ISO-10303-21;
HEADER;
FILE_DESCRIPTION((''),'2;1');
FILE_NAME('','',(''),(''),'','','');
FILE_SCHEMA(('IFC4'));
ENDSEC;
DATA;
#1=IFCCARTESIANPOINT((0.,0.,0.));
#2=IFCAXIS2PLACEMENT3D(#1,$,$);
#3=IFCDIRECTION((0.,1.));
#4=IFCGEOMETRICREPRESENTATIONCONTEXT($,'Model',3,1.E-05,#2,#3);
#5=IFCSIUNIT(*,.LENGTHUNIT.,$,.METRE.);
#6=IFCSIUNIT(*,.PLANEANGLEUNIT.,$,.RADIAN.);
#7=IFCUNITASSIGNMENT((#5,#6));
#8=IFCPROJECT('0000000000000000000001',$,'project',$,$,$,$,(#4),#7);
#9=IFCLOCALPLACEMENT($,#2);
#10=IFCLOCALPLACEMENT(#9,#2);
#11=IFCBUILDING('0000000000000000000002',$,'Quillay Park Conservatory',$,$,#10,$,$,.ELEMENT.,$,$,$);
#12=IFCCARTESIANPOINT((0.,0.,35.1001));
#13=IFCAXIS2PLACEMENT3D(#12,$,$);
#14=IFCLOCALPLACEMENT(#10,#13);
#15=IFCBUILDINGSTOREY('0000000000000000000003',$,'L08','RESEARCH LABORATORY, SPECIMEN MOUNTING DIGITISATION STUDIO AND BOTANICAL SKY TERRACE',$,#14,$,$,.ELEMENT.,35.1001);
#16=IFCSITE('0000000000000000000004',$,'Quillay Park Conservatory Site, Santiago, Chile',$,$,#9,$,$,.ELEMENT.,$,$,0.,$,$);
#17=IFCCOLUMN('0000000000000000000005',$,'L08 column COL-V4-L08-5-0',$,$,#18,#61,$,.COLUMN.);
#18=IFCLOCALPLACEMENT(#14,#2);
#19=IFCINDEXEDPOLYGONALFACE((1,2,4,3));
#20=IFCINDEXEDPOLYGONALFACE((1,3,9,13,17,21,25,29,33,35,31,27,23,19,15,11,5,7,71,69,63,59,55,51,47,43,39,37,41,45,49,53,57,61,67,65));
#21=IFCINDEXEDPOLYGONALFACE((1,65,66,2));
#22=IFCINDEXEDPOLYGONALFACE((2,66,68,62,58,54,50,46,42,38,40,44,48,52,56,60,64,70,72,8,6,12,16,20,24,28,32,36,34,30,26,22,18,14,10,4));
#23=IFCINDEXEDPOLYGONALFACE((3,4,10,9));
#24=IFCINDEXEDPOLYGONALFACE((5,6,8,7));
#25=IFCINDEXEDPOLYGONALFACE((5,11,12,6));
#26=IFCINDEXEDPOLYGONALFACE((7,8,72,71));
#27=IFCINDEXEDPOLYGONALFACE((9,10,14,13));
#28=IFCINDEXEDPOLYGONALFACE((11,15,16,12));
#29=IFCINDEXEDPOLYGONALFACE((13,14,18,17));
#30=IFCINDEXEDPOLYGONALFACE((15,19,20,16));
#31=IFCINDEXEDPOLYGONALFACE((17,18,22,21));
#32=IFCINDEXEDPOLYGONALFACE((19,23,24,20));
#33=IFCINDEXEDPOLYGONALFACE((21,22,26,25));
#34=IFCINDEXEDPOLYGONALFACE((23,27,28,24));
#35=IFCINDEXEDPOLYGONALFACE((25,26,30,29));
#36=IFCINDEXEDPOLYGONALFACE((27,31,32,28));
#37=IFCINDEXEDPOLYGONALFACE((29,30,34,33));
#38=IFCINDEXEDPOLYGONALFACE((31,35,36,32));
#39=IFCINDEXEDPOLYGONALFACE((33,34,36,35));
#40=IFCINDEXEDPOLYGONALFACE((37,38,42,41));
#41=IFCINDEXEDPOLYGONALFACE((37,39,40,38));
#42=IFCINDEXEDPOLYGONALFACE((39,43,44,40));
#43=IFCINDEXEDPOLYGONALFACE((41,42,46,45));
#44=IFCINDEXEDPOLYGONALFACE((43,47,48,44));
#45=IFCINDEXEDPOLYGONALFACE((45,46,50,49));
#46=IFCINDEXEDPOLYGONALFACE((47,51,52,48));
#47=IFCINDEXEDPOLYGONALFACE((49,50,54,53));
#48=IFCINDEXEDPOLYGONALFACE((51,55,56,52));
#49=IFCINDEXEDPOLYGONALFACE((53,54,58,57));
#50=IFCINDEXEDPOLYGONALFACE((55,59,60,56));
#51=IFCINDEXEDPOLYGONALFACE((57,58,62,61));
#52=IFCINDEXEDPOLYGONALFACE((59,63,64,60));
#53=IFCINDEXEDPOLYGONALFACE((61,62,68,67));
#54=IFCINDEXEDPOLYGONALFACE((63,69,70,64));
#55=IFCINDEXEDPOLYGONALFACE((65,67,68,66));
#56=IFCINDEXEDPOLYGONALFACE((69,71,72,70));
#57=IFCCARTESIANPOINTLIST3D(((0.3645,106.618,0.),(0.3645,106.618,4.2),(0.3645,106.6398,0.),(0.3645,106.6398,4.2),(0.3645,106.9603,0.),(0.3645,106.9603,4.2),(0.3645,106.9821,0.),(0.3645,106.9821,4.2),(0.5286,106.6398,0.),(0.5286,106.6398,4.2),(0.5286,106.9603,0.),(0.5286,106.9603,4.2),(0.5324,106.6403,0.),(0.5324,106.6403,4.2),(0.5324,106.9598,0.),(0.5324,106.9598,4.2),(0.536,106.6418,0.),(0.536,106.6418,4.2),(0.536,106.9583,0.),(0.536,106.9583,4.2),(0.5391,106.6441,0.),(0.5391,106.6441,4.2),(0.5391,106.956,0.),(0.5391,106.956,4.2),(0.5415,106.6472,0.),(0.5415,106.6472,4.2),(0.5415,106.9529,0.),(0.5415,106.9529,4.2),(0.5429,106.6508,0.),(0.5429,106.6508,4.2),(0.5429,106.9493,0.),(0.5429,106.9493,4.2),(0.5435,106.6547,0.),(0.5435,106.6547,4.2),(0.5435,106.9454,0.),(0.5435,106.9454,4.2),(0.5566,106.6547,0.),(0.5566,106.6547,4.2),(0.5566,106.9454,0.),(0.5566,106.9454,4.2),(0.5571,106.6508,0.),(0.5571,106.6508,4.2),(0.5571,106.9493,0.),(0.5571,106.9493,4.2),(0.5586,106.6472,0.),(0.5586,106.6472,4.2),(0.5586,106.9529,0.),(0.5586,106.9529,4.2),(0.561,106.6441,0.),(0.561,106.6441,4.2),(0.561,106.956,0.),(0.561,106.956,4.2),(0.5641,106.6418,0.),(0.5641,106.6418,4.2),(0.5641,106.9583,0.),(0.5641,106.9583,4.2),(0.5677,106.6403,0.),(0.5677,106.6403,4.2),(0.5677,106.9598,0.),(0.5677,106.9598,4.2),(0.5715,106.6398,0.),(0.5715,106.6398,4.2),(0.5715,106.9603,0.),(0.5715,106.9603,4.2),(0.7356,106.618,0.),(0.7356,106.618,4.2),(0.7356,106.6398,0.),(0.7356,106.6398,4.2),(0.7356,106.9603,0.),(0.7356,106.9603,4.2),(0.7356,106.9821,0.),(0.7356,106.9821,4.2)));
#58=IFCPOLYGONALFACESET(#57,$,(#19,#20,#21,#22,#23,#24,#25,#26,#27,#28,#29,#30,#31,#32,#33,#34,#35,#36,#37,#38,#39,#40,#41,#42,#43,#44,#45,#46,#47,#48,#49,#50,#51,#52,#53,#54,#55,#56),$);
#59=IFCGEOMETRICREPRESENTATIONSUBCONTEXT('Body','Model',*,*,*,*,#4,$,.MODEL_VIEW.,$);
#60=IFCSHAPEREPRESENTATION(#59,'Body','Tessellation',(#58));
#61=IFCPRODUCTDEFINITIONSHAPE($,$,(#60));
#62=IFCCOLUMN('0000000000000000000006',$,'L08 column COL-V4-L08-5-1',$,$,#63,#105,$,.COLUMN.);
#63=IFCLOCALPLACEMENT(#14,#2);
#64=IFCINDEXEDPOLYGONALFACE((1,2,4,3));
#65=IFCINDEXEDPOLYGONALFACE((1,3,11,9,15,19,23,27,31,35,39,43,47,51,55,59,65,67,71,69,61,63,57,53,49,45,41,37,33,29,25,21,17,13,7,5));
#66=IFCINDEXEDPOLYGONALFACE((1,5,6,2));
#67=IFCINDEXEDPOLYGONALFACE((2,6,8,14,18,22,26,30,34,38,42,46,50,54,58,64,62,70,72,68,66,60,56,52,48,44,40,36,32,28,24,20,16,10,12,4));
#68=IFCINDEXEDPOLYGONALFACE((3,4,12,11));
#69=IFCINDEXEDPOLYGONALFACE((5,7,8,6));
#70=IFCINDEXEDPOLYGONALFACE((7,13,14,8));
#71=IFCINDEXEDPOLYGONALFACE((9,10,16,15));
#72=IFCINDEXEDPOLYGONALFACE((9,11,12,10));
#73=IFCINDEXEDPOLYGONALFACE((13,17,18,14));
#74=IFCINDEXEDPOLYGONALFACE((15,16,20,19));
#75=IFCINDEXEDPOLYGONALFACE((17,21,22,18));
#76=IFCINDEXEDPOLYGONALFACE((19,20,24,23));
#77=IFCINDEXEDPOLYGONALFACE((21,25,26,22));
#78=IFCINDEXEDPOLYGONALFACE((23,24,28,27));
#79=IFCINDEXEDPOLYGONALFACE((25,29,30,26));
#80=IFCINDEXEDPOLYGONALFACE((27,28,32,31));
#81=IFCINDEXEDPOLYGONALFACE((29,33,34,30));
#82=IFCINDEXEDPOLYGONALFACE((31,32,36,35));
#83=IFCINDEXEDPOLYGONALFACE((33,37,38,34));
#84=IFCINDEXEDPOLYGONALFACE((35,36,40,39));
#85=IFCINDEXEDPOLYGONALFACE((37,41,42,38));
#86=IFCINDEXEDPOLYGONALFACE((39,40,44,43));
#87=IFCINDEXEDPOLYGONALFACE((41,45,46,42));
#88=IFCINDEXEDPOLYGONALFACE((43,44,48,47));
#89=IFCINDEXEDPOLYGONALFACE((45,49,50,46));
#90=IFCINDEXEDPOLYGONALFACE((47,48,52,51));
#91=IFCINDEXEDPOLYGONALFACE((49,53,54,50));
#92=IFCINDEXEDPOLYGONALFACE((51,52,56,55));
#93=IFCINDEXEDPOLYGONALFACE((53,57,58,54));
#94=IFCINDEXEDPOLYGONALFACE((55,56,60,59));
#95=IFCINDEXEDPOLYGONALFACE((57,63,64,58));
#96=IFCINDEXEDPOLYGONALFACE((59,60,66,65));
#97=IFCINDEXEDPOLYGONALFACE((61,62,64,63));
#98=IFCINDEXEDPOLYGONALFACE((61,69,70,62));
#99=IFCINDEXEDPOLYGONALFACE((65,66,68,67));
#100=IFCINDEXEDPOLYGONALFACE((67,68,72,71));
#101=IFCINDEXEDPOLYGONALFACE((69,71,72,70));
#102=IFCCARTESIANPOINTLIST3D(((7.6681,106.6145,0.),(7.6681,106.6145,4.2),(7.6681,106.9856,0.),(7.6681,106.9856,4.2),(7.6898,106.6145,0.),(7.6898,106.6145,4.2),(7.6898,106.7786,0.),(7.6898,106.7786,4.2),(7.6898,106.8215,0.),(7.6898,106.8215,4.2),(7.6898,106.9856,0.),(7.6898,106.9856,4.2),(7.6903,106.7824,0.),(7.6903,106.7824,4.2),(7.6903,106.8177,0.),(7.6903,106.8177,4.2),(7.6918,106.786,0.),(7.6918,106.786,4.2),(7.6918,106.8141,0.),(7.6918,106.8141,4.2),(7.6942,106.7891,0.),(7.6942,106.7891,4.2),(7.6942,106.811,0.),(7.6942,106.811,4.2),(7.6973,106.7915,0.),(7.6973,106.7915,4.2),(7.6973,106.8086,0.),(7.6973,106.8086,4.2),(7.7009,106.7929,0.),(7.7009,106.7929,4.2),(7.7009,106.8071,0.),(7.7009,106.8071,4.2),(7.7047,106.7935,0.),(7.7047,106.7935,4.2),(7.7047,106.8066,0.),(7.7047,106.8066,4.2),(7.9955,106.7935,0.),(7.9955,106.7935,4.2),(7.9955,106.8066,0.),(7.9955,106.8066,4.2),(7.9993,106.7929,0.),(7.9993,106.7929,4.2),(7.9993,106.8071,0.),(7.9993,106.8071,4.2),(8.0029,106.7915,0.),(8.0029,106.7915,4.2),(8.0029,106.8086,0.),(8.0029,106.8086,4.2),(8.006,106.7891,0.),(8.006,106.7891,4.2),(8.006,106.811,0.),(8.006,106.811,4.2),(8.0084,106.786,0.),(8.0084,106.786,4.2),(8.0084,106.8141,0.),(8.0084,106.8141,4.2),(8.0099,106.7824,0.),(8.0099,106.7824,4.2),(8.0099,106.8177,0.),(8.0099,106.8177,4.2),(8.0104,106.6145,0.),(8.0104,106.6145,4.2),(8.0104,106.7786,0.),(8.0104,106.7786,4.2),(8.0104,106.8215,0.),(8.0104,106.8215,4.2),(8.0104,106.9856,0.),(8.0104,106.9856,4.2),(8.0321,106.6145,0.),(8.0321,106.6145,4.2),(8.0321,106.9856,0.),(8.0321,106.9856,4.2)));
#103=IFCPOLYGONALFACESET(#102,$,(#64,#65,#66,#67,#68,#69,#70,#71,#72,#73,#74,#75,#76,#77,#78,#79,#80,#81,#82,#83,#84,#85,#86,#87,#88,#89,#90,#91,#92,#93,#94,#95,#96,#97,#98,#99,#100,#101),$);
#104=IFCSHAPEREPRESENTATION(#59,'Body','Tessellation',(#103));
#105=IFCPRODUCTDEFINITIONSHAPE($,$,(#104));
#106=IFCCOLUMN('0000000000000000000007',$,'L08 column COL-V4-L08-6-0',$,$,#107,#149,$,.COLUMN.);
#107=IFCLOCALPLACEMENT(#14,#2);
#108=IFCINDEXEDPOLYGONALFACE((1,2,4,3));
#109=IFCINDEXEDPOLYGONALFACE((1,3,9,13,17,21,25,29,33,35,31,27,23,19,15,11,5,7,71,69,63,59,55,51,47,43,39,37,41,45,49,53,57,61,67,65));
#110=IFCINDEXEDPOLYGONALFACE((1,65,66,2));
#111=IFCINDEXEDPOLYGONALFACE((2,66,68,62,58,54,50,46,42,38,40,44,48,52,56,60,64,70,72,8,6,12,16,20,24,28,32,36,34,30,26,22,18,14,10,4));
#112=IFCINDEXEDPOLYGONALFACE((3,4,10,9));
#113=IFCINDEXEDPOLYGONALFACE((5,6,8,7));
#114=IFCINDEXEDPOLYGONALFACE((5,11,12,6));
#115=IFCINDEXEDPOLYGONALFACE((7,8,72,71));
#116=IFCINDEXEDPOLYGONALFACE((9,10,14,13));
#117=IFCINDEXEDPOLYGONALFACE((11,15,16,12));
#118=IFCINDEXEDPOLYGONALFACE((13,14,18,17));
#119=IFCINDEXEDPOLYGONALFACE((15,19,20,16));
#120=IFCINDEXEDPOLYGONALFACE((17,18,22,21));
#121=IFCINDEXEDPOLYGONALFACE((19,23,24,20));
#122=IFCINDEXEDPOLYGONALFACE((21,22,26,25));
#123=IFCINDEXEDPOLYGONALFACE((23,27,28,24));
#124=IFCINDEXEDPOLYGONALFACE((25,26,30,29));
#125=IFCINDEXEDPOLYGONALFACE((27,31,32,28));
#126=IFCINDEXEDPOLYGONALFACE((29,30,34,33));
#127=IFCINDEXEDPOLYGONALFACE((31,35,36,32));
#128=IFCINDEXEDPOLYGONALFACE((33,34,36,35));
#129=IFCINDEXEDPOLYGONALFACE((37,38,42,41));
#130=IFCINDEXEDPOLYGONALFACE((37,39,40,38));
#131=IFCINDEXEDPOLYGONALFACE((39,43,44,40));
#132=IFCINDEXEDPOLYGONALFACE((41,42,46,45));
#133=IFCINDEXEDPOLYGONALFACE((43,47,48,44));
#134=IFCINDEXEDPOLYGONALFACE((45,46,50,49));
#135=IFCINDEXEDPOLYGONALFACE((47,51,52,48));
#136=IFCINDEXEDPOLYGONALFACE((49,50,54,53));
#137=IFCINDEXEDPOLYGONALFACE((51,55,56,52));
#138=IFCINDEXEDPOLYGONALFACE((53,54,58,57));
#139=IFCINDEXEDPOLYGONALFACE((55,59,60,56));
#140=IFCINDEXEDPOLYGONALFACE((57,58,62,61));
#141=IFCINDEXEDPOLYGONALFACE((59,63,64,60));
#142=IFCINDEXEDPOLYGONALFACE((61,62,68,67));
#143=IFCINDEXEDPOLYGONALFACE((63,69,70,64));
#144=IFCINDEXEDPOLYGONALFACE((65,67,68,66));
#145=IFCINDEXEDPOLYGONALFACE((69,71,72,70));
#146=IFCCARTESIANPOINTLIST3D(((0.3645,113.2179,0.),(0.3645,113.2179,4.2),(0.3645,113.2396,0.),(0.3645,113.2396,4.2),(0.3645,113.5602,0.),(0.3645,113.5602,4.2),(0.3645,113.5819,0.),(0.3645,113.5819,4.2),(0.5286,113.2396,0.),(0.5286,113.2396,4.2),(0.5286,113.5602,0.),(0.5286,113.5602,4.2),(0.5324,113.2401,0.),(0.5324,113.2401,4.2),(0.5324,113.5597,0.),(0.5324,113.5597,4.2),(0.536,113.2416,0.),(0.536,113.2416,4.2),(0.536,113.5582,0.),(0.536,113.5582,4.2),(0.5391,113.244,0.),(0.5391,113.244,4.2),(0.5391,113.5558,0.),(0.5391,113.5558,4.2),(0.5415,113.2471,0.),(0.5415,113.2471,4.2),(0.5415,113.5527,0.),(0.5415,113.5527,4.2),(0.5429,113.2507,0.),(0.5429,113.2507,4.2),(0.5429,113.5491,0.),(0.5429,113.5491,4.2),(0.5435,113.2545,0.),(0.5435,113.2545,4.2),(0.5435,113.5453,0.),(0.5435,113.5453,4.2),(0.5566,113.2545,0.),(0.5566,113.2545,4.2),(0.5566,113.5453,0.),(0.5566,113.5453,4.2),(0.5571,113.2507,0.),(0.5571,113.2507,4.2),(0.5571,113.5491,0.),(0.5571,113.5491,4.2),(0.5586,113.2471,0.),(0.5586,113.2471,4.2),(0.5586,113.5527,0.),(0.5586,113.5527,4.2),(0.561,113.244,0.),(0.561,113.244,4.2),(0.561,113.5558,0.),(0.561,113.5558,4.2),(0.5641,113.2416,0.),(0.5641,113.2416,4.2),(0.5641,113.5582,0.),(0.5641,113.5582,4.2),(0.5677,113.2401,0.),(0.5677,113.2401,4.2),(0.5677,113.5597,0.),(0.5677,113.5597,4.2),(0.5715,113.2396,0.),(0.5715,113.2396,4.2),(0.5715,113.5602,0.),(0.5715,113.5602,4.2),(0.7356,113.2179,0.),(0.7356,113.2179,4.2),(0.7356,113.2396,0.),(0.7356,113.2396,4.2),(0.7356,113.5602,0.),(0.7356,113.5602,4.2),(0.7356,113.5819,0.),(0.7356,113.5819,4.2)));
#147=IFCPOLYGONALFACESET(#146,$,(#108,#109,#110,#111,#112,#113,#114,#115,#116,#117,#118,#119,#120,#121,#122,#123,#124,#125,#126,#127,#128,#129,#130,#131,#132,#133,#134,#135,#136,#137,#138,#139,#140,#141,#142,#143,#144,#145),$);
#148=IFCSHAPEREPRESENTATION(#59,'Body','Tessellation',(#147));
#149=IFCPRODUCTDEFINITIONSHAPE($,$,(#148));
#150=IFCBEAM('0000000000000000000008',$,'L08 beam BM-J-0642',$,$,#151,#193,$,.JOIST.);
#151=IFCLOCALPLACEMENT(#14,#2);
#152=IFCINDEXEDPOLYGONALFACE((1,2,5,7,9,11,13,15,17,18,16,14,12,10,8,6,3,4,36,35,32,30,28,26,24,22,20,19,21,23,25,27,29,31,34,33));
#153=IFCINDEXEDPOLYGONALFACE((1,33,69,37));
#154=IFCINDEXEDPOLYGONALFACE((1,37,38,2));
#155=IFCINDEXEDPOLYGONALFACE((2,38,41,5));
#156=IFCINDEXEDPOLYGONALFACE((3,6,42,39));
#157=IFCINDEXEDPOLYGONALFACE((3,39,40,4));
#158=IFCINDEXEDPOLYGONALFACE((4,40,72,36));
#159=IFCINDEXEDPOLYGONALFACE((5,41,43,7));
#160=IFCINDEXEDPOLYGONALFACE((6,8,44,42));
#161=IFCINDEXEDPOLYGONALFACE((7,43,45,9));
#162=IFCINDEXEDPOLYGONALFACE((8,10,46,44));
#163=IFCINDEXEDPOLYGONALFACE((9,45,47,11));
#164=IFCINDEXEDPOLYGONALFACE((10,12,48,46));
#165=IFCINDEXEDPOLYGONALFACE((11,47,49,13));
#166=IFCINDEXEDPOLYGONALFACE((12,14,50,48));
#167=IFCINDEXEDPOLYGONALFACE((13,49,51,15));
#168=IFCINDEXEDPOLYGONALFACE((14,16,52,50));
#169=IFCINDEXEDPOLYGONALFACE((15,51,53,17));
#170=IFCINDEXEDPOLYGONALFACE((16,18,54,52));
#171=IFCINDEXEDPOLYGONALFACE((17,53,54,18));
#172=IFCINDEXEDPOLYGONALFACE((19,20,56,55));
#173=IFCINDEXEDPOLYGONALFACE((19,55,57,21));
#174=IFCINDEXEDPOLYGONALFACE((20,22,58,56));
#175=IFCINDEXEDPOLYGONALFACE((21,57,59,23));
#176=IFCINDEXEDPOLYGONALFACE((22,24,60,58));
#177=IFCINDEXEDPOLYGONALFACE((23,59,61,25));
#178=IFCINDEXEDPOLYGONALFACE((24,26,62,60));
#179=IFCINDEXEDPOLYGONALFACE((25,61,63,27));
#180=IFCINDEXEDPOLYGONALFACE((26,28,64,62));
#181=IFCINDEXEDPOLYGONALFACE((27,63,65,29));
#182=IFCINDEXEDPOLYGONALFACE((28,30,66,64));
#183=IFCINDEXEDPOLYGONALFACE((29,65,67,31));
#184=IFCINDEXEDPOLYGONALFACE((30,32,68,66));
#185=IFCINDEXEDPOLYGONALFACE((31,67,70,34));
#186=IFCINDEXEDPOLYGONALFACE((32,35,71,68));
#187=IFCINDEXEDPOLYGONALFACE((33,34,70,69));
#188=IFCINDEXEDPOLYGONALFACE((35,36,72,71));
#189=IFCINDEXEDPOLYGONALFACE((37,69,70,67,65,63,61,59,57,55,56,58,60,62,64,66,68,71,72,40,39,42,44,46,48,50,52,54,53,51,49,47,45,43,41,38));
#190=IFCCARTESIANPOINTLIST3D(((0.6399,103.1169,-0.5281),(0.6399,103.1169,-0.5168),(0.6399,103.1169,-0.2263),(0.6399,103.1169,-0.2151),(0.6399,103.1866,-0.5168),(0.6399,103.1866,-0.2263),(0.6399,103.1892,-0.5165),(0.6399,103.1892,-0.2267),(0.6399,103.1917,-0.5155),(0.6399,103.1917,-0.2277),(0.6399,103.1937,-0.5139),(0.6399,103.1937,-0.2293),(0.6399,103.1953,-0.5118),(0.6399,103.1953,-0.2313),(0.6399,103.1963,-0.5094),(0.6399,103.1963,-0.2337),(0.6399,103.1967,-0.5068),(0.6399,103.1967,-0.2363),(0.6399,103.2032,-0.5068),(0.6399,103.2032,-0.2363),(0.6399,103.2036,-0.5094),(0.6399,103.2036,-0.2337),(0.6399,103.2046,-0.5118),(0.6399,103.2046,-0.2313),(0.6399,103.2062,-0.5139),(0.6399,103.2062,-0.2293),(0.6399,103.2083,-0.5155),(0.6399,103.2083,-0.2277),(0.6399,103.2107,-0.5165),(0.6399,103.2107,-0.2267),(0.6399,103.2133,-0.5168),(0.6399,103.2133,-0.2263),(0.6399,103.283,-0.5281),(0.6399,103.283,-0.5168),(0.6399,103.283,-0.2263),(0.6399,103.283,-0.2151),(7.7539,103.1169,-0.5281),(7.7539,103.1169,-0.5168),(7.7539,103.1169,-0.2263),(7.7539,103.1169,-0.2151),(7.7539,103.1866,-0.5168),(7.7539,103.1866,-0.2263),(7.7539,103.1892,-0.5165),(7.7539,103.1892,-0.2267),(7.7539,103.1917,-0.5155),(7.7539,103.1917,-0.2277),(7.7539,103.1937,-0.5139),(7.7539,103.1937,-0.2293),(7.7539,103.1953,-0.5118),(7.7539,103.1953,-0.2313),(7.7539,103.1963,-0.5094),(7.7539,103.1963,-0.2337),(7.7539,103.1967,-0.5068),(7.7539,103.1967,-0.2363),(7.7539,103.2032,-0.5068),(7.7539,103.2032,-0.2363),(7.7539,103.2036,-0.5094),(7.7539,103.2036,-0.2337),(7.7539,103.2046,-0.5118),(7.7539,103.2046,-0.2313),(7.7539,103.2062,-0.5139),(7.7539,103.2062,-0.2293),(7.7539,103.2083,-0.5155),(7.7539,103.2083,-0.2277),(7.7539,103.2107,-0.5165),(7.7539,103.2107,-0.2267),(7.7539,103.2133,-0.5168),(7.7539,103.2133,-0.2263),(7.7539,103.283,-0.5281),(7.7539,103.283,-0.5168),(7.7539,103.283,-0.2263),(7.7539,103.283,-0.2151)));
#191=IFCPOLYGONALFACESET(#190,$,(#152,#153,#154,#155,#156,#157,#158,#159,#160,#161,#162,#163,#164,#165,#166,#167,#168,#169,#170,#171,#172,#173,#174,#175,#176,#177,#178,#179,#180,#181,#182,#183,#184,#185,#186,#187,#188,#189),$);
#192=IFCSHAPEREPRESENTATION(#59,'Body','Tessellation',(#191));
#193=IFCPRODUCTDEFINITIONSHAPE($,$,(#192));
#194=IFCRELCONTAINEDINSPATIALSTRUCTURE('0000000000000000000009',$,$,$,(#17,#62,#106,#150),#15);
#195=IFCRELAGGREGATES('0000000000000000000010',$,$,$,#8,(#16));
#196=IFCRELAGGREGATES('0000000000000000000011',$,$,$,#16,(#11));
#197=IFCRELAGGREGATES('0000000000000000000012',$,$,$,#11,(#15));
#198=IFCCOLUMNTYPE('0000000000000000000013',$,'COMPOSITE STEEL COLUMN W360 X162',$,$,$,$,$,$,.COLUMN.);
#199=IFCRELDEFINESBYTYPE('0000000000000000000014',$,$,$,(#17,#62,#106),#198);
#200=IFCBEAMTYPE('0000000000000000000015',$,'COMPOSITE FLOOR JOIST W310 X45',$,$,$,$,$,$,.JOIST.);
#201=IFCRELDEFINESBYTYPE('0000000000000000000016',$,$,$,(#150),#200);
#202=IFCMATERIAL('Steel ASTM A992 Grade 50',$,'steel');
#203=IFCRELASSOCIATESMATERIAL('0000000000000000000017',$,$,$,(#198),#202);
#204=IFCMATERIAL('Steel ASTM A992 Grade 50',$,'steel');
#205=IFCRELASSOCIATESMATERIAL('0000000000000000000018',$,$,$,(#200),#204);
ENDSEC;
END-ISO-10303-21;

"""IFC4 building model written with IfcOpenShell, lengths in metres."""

from ifc_helpers import new_model, si_unit, direction, frame, origin, origin_2d, place, context, subcontext, project, spatial, i_section, extrude, material, material_profile, profile_set, type_object, element, save


model = new_model("IFC4")

# Units and contexts
model_context = context("Model", 3, precision=1e-05, world=origin(), true_north=direction((0.0, 1.0)))
body_context = subcontext(model_context, "Body", "Model", "MODEL_VIEW")
ifc_project = project(units=[si_unit("LENGTHUNIT", "METRE"), si_unit("PLANEANGLEUNIT", "RADIAN")], contexts=[model_context])

# Site, building, storey
site_placement = place(None, origin())
site = spatial("IfcSite", under=ifc_project, at=site_placement, Name="Quillay Park Conservatory Site, Santiago, Chile", CompositionType="ELEMENT", RefElevation=0.0)
building_placement = place(site_placement, origin())
building = spatial("IfcBuilding", under=site, at=building_placement, Name="Quillay Park Conservatory", CompositionType="ELEMENT")
storey_placement = place(building_placement, frame((0.0, 0.0, 35.1001)))
storey = spatial("IfcBuildingStorey", under=building, at=storey_placement, Name="L08", Description="RESEARCH LABORATORY, SPECIMEN MOUNTING DIGITISATION STUDIO AND BOTANICAL SKY TERRACE", CompositionType="ELEMENT", Elevation=35.1001)

# Columns
ifc_material_1 = material(Name="Steel ASTM A992 Grade 50", Category="steel")
ifc_material_profile_1 = material_profile(ifc_material_1, i_section(OverallWidth=0.3711, OverallDepth=0.364, WebThickness=0.0132, FlangeThickness=0.0217, FilletRadius=0.0149, at=origin_2d()), Name="W360x162")
ifc_profile_set_1 = profile_set([ifc_material_profile_1], Name="Steel ASTM A992 Grade 50")
column_type = type_object("IfcColumnType", Name="COMPOSITE STEEL COLUMN W360 X162", PredefinedType="COLUMN", material=ifc_profile_set_1)
for number, where, z_axis, x_axis, name in (
    (1, (0.55, 106.8, 0.0), (0.0, 0.0, 1.0), (1.0, 0.0, 0.0), "L08 column COL-V4-L08-5-0"),
    (2, (7.8501, 106.8, 0.0), (0.0, 0.0, 1.0), (0.0, 1.0, 0.0), "L08 column COL-V4-L08-5-1"),
    (3, (0.55, 113.3999, 0.0), (0.0, 0.0, 1.0), (1.0, 0.0, 0.0), "L08 column COL-V4-L08-6-0"),
):
    element("IfcColumn", number, at=place(storey_placement, frame(where, z_axis=z_axis, x_axis=x_axis)), inside=storey, type_object=column_type, Name=name, PredefinedType="COLUMN", context=body_context, shape_type="SweptSolid", body=[
        extrude(i_section(OverallWidth=0.3711, OverallDepth=0.364, WebThickness=0.0132, FlangeThickness=0.0217, FilletRadius=0.0149, at=origin_2d()), origin(), (0.0, 0.0, 1.0), 4.2),
    ])

# Beam
ifc_material_2 = material(Name="Steel ASTM A992 Grade 50", Category="steel")
ifc_material_profile_2 = material_profile(ifc_material_2, i_section(OverallWidth=0.166, OverallDepth=0.313, WebThickness=0.0066, FlangeThickness=0.0112, FilletRadius=0.01, at=origin_2d()), Name="W310x45")
ifc_profile_set_2 = profile_set([ifc_material_profile_2], Name="Steel ASTM A992 Grade 50")
beam_type_1 = type_object("IfcBeamType", Name="COMPOSITE FLOOR JOIST W310 X45", PredefinedType="JOIST", material=ifc_profile_set_2)
beam_1_placement = place(storey_placement, frame((0.6399, 103.2, -0.3716), z_axis=(1.0, 0.0, 0.0), x_axis=(0.0, 1.0, 0.0)))
element("IfcBeam", 4, at=beam_1_placement, inside=storey, type_object=beam_type_1, Name="L08 beam BM-J-0642", PredefinedType="JOIST", context=body_context, shape_type="SweptSolid", body=[
    extrude(i_section(OverallWidth=0.166, OverallDepth=0.313, WebThickness=0.0066, FlangeThickness=0.0112, FilletRadius=0.01, at=origin_2d()), origin(), (0.0, 0.0, 1.0), 7.114),
])

save(model, "model.ifc")
